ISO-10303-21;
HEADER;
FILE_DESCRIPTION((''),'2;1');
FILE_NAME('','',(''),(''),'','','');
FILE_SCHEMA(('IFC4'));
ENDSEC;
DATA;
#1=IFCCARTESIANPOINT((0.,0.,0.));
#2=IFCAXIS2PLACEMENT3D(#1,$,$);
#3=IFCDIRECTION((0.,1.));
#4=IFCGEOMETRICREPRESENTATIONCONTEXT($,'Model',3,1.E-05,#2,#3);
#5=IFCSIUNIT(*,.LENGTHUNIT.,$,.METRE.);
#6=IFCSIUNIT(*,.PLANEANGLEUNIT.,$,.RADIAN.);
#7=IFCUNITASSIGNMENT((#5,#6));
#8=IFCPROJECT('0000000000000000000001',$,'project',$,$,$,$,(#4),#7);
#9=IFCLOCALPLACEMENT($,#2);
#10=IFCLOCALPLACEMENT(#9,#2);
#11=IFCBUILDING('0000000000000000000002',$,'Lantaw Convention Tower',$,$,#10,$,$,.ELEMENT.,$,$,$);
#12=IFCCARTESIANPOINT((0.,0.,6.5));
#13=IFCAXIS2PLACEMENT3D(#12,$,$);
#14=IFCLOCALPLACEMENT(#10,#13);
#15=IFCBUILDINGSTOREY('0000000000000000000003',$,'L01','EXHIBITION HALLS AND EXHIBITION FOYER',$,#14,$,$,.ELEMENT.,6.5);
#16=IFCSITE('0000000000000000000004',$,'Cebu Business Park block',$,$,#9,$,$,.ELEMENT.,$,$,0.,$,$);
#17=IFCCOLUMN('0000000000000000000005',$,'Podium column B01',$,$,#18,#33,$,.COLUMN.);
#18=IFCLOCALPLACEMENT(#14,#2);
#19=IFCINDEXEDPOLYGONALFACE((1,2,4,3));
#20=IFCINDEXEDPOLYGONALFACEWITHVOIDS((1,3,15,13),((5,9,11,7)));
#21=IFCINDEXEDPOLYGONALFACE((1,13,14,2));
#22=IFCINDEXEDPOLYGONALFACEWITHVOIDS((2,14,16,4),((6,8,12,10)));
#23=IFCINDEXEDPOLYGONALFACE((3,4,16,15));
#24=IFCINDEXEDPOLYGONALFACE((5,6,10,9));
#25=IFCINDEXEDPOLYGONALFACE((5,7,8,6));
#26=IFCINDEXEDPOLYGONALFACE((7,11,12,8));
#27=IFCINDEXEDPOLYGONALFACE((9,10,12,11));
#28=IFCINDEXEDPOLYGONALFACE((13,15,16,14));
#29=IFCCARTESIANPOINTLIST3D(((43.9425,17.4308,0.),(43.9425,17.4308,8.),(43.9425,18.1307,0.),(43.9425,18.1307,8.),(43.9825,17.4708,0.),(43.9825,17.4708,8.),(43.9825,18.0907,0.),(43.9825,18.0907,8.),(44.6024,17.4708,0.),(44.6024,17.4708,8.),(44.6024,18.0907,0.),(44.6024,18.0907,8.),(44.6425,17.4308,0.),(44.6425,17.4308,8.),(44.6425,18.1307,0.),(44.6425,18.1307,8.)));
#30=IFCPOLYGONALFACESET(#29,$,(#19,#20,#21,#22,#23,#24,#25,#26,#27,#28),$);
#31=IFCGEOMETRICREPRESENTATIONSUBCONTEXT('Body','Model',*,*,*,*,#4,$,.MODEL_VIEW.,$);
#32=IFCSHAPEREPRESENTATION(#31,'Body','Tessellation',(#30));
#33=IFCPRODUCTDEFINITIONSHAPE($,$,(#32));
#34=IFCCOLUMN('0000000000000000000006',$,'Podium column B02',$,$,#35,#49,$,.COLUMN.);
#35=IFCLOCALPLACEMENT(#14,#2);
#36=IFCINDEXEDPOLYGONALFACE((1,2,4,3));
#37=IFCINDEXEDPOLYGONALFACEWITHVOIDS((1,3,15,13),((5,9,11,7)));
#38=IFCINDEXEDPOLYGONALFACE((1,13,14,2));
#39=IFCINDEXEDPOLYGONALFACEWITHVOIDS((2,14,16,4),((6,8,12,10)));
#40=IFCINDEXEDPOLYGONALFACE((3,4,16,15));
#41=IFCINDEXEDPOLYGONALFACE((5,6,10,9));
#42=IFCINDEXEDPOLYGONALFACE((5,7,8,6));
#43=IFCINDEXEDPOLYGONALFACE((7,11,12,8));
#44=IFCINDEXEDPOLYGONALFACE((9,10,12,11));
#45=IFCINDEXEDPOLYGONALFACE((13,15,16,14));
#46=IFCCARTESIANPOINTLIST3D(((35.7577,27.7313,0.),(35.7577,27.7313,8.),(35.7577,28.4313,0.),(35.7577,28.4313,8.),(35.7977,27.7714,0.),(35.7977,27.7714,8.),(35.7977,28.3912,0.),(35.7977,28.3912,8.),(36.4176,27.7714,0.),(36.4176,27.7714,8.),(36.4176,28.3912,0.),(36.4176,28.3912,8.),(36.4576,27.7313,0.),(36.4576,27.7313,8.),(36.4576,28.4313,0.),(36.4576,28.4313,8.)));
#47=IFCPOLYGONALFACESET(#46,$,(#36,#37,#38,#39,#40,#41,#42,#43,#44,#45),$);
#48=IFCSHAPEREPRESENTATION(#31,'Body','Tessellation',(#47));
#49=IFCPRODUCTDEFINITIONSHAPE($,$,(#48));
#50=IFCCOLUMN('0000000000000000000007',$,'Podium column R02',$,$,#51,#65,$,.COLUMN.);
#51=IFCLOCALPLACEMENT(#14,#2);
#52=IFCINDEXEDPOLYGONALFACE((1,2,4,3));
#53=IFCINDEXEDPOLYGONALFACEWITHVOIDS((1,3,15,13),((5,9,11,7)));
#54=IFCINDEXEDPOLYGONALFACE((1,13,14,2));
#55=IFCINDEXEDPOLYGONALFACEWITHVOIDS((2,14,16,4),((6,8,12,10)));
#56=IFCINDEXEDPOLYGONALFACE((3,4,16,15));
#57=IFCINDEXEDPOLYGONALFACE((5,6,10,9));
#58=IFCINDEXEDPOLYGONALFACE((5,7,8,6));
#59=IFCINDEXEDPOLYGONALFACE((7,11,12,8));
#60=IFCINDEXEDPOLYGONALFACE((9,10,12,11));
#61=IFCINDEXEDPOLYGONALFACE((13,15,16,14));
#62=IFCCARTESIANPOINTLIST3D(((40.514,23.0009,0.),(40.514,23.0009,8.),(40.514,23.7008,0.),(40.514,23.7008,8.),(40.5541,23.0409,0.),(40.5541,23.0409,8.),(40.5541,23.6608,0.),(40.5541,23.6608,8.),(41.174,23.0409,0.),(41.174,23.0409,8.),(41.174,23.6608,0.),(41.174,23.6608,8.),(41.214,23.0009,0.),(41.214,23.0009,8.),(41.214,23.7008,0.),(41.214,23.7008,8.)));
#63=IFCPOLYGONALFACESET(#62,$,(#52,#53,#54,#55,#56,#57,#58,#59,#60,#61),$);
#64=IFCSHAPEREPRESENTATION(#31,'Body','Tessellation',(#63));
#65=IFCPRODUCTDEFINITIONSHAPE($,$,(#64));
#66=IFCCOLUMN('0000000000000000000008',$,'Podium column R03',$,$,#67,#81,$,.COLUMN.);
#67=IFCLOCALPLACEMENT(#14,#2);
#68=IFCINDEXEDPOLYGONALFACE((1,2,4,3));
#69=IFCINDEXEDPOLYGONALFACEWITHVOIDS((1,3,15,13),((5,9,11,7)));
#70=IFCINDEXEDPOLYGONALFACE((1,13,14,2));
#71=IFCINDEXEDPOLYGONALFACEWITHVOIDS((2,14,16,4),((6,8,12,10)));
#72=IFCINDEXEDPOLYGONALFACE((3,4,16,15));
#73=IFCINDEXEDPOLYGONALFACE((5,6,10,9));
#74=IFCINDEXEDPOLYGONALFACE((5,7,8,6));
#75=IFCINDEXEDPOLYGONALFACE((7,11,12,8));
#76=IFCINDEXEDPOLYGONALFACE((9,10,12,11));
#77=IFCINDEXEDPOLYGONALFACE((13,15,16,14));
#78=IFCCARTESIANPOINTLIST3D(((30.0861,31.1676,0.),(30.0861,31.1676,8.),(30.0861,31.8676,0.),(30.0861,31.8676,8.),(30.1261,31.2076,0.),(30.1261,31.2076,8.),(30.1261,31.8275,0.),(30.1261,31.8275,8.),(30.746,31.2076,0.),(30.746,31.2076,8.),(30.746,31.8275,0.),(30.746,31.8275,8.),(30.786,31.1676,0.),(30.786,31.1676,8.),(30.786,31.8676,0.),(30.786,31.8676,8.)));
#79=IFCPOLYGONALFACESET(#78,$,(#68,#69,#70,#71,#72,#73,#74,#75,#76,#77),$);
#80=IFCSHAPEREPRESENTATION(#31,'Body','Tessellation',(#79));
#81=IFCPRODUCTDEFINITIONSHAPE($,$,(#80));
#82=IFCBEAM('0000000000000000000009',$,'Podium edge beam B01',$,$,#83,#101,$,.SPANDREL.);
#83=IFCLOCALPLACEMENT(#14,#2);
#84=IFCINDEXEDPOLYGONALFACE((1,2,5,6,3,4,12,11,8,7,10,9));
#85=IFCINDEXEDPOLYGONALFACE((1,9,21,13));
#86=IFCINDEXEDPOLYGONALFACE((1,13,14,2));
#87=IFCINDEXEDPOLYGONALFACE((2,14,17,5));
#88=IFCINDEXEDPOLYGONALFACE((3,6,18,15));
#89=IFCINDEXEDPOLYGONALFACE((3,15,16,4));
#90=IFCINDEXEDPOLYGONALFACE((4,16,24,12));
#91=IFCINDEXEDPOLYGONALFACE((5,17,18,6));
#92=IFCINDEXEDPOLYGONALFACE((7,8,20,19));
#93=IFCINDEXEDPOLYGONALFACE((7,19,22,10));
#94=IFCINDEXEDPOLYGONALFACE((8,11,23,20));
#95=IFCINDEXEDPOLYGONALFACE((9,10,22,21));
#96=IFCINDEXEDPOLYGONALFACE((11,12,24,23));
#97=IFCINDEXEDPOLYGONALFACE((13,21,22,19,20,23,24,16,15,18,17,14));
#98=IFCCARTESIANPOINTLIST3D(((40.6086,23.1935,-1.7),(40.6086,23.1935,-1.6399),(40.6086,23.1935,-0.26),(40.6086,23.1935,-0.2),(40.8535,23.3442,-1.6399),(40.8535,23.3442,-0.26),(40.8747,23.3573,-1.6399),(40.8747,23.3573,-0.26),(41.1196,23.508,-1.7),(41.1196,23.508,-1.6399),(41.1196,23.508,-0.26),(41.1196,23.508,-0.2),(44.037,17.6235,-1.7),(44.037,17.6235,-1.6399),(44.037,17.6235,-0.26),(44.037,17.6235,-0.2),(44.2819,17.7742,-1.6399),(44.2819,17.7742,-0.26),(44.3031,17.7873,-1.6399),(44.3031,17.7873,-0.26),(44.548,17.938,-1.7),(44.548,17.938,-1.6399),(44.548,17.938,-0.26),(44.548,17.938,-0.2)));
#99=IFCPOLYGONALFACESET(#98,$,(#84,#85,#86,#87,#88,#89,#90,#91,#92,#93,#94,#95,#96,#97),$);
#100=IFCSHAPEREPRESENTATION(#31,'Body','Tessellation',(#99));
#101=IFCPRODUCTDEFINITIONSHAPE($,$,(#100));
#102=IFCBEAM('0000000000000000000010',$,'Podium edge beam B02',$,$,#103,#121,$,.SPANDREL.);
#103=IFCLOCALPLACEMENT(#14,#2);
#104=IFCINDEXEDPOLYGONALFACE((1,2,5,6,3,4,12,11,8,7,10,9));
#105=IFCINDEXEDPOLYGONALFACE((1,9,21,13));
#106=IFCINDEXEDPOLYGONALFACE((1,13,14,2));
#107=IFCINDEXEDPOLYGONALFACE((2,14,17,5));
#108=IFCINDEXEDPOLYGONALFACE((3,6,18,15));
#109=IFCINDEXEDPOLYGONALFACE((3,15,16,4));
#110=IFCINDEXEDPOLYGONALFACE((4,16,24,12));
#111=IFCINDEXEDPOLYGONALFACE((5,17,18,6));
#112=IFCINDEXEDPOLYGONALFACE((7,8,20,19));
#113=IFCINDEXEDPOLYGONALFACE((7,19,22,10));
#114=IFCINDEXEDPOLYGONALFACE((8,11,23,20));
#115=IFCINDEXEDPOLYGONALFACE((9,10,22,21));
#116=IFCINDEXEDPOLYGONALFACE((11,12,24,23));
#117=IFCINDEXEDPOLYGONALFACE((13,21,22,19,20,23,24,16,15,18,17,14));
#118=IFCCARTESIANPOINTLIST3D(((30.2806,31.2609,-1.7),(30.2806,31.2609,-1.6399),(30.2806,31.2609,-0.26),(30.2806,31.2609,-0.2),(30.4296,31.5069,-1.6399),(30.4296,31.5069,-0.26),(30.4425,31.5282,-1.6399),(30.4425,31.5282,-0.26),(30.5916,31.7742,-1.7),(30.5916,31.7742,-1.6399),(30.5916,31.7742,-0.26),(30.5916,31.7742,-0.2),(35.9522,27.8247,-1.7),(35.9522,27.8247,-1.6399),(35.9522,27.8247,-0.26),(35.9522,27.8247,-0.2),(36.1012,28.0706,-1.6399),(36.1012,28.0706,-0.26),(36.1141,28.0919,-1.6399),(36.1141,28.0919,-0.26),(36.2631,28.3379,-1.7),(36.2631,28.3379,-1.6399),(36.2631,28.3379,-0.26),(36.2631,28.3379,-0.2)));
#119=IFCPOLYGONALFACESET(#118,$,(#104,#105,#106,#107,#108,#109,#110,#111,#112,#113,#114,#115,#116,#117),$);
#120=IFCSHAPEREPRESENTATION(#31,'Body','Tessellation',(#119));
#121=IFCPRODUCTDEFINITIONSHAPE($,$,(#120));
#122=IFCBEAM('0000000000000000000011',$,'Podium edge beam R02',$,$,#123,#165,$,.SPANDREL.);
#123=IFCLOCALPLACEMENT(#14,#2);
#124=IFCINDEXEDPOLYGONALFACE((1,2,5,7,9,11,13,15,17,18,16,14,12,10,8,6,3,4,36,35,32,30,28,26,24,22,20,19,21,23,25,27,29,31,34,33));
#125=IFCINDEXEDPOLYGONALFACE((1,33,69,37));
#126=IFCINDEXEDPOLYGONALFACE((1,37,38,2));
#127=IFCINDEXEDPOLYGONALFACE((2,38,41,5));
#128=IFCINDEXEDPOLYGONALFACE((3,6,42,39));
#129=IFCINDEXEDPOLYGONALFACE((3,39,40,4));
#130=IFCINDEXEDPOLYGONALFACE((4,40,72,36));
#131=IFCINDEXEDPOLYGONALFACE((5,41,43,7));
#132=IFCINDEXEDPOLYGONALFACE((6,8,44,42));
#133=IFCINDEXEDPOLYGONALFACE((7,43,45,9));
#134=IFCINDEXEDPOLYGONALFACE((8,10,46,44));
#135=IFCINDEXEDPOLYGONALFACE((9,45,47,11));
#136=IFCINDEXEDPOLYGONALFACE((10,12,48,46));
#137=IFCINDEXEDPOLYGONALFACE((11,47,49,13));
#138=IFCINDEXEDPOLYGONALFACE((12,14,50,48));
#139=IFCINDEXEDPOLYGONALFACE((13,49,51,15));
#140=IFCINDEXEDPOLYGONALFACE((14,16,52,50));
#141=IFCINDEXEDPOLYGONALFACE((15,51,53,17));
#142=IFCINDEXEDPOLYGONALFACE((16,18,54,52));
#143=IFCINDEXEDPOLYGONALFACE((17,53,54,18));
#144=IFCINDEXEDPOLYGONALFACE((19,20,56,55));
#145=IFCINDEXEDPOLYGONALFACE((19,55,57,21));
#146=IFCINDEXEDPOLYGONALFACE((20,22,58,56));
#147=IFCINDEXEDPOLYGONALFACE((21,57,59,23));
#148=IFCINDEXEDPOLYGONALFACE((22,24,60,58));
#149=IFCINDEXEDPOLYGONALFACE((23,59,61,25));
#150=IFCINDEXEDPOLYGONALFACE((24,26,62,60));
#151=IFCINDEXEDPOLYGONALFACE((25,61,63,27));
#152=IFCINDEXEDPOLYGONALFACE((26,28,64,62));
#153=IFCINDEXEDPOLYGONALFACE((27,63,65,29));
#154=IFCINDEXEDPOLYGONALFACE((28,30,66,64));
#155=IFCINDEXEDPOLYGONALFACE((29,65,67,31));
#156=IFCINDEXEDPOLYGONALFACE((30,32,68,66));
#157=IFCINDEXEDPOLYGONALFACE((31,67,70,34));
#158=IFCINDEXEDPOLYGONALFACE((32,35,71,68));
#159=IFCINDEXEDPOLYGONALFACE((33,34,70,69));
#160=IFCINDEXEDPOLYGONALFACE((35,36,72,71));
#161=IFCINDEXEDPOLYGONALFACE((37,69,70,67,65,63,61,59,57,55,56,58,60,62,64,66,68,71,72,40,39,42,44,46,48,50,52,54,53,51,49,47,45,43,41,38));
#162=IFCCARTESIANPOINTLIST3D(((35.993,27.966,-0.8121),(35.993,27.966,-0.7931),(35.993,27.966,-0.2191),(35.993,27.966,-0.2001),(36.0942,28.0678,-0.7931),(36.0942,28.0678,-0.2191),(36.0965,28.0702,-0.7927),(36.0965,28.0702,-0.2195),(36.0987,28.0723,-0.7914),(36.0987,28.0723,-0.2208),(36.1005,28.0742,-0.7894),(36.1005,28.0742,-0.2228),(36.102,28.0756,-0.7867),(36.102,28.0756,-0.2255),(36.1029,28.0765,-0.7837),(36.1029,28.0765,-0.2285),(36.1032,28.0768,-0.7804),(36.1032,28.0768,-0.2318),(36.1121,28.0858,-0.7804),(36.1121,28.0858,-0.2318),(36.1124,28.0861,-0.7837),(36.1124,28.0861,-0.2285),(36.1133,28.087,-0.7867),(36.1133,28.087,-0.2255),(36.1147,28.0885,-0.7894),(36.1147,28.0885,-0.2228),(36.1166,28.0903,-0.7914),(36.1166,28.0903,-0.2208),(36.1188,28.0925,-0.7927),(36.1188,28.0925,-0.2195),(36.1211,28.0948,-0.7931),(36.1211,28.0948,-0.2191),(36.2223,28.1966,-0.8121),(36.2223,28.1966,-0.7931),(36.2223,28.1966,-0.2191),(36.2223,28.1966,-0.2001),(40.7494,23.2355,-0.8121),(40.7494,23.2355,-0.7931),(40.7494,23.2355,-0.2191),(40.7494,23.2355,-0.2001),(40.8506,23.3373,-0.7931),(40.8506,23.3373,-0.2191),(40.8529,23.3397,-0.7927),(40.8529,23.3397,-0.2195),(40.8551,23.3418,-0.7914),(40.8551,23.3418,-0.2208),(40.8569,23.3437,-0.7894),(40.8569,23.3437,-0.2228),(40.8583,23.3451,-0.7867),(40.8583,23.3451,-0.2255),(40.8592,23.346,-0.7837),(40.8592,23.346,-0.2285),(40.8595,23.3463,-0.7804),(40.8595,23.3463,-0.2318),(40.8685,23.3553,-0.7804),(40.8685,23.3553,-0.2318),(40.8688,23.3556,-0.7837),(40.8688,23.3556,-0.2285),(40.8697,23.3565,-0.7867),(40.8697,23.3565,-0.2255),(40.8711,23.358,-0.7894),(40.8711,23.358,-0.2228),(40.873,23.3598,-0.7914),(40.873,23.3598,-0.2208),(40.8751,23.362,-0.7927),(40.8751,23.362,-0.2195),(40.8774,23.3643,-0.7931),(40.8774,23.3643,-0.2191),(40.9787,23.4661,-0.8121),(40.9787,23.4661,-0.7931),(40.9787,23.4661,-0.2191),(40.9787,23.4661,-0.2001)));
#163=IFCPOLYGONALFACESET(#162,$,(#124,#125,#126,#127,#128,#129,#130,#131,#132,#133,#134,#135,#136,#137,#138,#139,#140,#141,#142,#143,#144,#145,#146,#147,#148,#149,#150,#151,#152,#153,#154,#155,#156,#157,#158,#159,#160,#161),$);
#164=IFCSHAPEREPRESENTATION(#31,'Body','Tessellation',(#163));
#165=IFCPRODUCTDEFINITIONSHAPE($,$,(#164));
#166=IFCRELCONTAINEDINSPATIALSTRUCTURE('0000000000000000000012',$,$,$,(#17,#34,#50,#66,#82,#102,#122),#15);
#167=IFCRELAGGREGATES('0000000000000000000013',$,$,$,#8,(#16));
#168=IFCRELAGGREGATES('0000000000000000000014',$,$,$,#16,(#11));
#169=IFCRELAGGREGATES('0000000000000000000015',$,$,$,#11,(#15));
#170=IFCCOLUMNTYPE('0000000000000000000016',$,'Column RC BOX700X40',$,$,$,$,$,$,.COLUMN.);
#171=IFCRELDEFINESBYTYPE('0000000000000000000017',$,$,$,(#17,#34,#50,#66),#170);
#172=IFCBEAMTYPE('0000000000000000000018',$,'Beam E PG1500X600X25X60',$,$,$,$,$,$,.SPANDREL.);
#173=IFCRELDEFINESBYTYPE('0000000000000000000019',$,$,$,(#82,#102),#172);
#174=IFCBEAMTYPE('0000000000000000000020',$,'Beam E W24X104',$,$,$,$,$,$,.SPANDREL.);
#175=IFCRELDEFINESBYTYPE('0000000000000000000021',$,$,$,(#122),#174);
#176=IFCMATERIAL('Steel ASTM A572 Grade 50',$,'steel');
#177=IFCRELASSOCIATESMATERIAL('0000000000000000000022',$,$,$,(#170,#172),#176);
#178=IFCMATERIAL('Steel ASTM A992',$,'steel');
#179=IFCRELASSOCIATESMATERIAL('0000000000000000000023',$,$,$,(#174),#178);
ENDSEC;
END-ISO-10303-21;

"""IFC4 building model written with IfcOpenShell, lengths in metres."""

from ifc_helpers import new_model, si_unit, direction, frame, origin, origin_2d, place, context, subcontext, project, spatial, hollow_rectangle, i_section, extrude, material, material_profile, profile_set, type_object, element, save


model = new_model("IFC4")

# Units and contexts
model_context = context("Model", 3, precision=1e-05, world=origin(), true_north=direction((0.0, 1.0)))
body_context = subcontext(model_context, "Body", "Model", "MODEL_VIEW")
ifc_project = project(units=[si_unit("LENGTHUNIT", "METRE"), si_unit("PLANEANGLEUNIT", "RADIAN")], contexts=[model_context])

# Site, building, storey
site_placement = place(None, origin())
site = spatial("IfcSite", under=ifc_project, at=site_placement, Name="Cebu Business Park block", CompositionType="ELEMENT", RefElevation=0.0)
building_placement = place(site_placement, origin())
building = spatial("IfcBuilding", under=site, at=building_placement, Name="Lantaw Convention Tower", CompositionType="ELEMENT")
storey_placement = place(building_placement, frame((0.0, 0.0, 6.5)))
storey = spatial("IfcBuildingStorey", under=building, at=storey_placement, Name="L01", Description="EXHIBITION HALLS AND EXHIBITION FOYER", CompositionType="ELEMENT", Elevation=6.5)

# Columns
ifc_material_1 = material(Name="Steel ASTM A572 Grade 50", Category="steel")
ifc_material_profile_1 = material_profile(ifc_material_1, hollow_rectangle(XDim=0.7, YDim=0.7, WallThickness=0.04, at=origin_2d()), Name="BOX700X40")
ifc_profile_set_1 = profile_set([ifc_material_profile_1], Name="Steel ASTM A572 Grade 50")
column_type = type_object("IfcColumnType", Name="Column RC BOX700X40", PredefinedType="COLUMN", material=ifc_profile_set_1)
for number, where, z_axis, x_axis, name in (
    (1, (44.2925, 17.7808, 0.0), (0.0, 0.0, 1.0), (1.0, 0.0, 0.0), "Podium column B01"),
    (2, (36.1077, 28.0813, 0.0), (0.0, 0.0, 1.0), (1.0, 0.0, 0.0), "Podium column B02"),
    (3, (40.864, 23.3508, 0.0), (0.0, 0.0, 1.0), (1.0, 0.0, 0.0), "Podium column R02"),
    (4, (30.436, 31.5176, 0.0), (0.0, 0.0, 1.0), (1.0, 0.0, 0.0), "Podium column R03"),
):
    element("IfcColumn", number, at=place(storey_placement, frame(where, z_axis=z_axis, x_axis=x_axis)), inside=storey, type_object=column_type, Name=name, PredefinedType="COLUMN", context=body_context, shape_type="SweptSolid", body=[
        extrude(hollow_rectangle(XDim=0.7, YDim=0.7, WallThickness=0.04, at=origin_2d()), origin(), (0.0, 0.0, 1.0), 8.0),
    ])

# Beams
ifc_material_profile_2 = material_profile(ifc_material_1, i_section(OverallWidth=0.6001, OverallDepth=1.5, WebThickness=0.0249, FlangeThickness=0.0601, at=origin_2d()), Name="PG1500X600X25X60")
ifc_profile_set_2 = profile_set([ifc_material_profile_2], Name="Steel ASTM A572 Grade 50")
beam_type_1 = type_object("IfcBeamType", Name="Beam E PG1500X600X25X60", PredefinedType="SPANDREL", material=ifc_profile_set_2)
beam_1_placement = place(storey_placement, frame((44.2925, 17.7808, -0.95), z_axis=(-0.524179, 0.851608, 0.0), x_axis=(-0.851608, -0.524179, 0.0)))
element("IfcBeam", 5, at=beam_1_placement, inside=storey, type_object=beam_type_1, Name="Podium edge beam B01", PredefinedType="SPANDREL", context=body_context, shape_type="SweptSolid", body=[
    extrude(i_section(OverallWidth=0.6001, OverallDepth=1.5, WebThickness=0.0249, FlangeThickness=0.0601, at=origin_2d()), origin(), (0.0, 0.0, 1.0), 6.5405),
])
beam_2_placement = place(storey_placement, frame((36.1077, 28.0813, -0.95), z_axis=(-0.85527, 0.518183, 0.0), x_axis=(-0.518183, -0.85527, 0.0)))
element("IfcBeam", 6, at=beam_2_placement, inside=storey, type_object=beam_type_1, Name="Podium edge beam B02", PredefinedType="SPANDREL", context=body_context, shape_type="SweptSolid", body=[
    extrude(i_section(OverallWidth=0.6001, OverallDepth=1.5, WebThickness=0.0249, FlangeThickness=0.0601, at=origin_2d()), origin(), (0.0, 0.0, 1.0), 6.6313),
])
ifc_material_2 = material(Name="Steel ASTM A992", Category="steel")
ifc_material_profile_3 = material_profile(ifc_material_2, i_section(OverallWidth=0.3252, OverallDepth=0.6121, WebThickness=0.0127, FlangeThickness=0.019, FilletRadius=0.0127, at=origin_2d()), Name="W24X104")
ifc_profile_set_3 = profile_set([ifc_material_profile_3], Name="Steel ASTM A992")
beam_type_2 = type_object("IfcBeamType", Name="Beam E W24X104", PredefinedType="SPANDREL", material=ifc_profile_set_3)
beam_3_placement = place(storey_placement, frame((40.864, 23.3508, -0.5061), z_axis=(-0.709033, 0.705175, 0.0), x_axis=(-0.705175, -0.709033, 0.0)))
element("IfcBeam", 7, at=beam_3_placement, inside=storey, type_object=beam_type_2, Name="Podium edge beam R02", PredefinedType="SPANDREL", context=body_context, shape_type="SweptSolid", body=[
    extrude(i_section(OverallWidth=0.3252, OverallDepth=0.6121, WebThickness=0.0127, FlangeThickness=0.019, FilletRadius=0.0127, at=origin_2d()), origin(), (0.0, 0.0, 1.0), 6.7083),
])

save(model, "model.ifc")
